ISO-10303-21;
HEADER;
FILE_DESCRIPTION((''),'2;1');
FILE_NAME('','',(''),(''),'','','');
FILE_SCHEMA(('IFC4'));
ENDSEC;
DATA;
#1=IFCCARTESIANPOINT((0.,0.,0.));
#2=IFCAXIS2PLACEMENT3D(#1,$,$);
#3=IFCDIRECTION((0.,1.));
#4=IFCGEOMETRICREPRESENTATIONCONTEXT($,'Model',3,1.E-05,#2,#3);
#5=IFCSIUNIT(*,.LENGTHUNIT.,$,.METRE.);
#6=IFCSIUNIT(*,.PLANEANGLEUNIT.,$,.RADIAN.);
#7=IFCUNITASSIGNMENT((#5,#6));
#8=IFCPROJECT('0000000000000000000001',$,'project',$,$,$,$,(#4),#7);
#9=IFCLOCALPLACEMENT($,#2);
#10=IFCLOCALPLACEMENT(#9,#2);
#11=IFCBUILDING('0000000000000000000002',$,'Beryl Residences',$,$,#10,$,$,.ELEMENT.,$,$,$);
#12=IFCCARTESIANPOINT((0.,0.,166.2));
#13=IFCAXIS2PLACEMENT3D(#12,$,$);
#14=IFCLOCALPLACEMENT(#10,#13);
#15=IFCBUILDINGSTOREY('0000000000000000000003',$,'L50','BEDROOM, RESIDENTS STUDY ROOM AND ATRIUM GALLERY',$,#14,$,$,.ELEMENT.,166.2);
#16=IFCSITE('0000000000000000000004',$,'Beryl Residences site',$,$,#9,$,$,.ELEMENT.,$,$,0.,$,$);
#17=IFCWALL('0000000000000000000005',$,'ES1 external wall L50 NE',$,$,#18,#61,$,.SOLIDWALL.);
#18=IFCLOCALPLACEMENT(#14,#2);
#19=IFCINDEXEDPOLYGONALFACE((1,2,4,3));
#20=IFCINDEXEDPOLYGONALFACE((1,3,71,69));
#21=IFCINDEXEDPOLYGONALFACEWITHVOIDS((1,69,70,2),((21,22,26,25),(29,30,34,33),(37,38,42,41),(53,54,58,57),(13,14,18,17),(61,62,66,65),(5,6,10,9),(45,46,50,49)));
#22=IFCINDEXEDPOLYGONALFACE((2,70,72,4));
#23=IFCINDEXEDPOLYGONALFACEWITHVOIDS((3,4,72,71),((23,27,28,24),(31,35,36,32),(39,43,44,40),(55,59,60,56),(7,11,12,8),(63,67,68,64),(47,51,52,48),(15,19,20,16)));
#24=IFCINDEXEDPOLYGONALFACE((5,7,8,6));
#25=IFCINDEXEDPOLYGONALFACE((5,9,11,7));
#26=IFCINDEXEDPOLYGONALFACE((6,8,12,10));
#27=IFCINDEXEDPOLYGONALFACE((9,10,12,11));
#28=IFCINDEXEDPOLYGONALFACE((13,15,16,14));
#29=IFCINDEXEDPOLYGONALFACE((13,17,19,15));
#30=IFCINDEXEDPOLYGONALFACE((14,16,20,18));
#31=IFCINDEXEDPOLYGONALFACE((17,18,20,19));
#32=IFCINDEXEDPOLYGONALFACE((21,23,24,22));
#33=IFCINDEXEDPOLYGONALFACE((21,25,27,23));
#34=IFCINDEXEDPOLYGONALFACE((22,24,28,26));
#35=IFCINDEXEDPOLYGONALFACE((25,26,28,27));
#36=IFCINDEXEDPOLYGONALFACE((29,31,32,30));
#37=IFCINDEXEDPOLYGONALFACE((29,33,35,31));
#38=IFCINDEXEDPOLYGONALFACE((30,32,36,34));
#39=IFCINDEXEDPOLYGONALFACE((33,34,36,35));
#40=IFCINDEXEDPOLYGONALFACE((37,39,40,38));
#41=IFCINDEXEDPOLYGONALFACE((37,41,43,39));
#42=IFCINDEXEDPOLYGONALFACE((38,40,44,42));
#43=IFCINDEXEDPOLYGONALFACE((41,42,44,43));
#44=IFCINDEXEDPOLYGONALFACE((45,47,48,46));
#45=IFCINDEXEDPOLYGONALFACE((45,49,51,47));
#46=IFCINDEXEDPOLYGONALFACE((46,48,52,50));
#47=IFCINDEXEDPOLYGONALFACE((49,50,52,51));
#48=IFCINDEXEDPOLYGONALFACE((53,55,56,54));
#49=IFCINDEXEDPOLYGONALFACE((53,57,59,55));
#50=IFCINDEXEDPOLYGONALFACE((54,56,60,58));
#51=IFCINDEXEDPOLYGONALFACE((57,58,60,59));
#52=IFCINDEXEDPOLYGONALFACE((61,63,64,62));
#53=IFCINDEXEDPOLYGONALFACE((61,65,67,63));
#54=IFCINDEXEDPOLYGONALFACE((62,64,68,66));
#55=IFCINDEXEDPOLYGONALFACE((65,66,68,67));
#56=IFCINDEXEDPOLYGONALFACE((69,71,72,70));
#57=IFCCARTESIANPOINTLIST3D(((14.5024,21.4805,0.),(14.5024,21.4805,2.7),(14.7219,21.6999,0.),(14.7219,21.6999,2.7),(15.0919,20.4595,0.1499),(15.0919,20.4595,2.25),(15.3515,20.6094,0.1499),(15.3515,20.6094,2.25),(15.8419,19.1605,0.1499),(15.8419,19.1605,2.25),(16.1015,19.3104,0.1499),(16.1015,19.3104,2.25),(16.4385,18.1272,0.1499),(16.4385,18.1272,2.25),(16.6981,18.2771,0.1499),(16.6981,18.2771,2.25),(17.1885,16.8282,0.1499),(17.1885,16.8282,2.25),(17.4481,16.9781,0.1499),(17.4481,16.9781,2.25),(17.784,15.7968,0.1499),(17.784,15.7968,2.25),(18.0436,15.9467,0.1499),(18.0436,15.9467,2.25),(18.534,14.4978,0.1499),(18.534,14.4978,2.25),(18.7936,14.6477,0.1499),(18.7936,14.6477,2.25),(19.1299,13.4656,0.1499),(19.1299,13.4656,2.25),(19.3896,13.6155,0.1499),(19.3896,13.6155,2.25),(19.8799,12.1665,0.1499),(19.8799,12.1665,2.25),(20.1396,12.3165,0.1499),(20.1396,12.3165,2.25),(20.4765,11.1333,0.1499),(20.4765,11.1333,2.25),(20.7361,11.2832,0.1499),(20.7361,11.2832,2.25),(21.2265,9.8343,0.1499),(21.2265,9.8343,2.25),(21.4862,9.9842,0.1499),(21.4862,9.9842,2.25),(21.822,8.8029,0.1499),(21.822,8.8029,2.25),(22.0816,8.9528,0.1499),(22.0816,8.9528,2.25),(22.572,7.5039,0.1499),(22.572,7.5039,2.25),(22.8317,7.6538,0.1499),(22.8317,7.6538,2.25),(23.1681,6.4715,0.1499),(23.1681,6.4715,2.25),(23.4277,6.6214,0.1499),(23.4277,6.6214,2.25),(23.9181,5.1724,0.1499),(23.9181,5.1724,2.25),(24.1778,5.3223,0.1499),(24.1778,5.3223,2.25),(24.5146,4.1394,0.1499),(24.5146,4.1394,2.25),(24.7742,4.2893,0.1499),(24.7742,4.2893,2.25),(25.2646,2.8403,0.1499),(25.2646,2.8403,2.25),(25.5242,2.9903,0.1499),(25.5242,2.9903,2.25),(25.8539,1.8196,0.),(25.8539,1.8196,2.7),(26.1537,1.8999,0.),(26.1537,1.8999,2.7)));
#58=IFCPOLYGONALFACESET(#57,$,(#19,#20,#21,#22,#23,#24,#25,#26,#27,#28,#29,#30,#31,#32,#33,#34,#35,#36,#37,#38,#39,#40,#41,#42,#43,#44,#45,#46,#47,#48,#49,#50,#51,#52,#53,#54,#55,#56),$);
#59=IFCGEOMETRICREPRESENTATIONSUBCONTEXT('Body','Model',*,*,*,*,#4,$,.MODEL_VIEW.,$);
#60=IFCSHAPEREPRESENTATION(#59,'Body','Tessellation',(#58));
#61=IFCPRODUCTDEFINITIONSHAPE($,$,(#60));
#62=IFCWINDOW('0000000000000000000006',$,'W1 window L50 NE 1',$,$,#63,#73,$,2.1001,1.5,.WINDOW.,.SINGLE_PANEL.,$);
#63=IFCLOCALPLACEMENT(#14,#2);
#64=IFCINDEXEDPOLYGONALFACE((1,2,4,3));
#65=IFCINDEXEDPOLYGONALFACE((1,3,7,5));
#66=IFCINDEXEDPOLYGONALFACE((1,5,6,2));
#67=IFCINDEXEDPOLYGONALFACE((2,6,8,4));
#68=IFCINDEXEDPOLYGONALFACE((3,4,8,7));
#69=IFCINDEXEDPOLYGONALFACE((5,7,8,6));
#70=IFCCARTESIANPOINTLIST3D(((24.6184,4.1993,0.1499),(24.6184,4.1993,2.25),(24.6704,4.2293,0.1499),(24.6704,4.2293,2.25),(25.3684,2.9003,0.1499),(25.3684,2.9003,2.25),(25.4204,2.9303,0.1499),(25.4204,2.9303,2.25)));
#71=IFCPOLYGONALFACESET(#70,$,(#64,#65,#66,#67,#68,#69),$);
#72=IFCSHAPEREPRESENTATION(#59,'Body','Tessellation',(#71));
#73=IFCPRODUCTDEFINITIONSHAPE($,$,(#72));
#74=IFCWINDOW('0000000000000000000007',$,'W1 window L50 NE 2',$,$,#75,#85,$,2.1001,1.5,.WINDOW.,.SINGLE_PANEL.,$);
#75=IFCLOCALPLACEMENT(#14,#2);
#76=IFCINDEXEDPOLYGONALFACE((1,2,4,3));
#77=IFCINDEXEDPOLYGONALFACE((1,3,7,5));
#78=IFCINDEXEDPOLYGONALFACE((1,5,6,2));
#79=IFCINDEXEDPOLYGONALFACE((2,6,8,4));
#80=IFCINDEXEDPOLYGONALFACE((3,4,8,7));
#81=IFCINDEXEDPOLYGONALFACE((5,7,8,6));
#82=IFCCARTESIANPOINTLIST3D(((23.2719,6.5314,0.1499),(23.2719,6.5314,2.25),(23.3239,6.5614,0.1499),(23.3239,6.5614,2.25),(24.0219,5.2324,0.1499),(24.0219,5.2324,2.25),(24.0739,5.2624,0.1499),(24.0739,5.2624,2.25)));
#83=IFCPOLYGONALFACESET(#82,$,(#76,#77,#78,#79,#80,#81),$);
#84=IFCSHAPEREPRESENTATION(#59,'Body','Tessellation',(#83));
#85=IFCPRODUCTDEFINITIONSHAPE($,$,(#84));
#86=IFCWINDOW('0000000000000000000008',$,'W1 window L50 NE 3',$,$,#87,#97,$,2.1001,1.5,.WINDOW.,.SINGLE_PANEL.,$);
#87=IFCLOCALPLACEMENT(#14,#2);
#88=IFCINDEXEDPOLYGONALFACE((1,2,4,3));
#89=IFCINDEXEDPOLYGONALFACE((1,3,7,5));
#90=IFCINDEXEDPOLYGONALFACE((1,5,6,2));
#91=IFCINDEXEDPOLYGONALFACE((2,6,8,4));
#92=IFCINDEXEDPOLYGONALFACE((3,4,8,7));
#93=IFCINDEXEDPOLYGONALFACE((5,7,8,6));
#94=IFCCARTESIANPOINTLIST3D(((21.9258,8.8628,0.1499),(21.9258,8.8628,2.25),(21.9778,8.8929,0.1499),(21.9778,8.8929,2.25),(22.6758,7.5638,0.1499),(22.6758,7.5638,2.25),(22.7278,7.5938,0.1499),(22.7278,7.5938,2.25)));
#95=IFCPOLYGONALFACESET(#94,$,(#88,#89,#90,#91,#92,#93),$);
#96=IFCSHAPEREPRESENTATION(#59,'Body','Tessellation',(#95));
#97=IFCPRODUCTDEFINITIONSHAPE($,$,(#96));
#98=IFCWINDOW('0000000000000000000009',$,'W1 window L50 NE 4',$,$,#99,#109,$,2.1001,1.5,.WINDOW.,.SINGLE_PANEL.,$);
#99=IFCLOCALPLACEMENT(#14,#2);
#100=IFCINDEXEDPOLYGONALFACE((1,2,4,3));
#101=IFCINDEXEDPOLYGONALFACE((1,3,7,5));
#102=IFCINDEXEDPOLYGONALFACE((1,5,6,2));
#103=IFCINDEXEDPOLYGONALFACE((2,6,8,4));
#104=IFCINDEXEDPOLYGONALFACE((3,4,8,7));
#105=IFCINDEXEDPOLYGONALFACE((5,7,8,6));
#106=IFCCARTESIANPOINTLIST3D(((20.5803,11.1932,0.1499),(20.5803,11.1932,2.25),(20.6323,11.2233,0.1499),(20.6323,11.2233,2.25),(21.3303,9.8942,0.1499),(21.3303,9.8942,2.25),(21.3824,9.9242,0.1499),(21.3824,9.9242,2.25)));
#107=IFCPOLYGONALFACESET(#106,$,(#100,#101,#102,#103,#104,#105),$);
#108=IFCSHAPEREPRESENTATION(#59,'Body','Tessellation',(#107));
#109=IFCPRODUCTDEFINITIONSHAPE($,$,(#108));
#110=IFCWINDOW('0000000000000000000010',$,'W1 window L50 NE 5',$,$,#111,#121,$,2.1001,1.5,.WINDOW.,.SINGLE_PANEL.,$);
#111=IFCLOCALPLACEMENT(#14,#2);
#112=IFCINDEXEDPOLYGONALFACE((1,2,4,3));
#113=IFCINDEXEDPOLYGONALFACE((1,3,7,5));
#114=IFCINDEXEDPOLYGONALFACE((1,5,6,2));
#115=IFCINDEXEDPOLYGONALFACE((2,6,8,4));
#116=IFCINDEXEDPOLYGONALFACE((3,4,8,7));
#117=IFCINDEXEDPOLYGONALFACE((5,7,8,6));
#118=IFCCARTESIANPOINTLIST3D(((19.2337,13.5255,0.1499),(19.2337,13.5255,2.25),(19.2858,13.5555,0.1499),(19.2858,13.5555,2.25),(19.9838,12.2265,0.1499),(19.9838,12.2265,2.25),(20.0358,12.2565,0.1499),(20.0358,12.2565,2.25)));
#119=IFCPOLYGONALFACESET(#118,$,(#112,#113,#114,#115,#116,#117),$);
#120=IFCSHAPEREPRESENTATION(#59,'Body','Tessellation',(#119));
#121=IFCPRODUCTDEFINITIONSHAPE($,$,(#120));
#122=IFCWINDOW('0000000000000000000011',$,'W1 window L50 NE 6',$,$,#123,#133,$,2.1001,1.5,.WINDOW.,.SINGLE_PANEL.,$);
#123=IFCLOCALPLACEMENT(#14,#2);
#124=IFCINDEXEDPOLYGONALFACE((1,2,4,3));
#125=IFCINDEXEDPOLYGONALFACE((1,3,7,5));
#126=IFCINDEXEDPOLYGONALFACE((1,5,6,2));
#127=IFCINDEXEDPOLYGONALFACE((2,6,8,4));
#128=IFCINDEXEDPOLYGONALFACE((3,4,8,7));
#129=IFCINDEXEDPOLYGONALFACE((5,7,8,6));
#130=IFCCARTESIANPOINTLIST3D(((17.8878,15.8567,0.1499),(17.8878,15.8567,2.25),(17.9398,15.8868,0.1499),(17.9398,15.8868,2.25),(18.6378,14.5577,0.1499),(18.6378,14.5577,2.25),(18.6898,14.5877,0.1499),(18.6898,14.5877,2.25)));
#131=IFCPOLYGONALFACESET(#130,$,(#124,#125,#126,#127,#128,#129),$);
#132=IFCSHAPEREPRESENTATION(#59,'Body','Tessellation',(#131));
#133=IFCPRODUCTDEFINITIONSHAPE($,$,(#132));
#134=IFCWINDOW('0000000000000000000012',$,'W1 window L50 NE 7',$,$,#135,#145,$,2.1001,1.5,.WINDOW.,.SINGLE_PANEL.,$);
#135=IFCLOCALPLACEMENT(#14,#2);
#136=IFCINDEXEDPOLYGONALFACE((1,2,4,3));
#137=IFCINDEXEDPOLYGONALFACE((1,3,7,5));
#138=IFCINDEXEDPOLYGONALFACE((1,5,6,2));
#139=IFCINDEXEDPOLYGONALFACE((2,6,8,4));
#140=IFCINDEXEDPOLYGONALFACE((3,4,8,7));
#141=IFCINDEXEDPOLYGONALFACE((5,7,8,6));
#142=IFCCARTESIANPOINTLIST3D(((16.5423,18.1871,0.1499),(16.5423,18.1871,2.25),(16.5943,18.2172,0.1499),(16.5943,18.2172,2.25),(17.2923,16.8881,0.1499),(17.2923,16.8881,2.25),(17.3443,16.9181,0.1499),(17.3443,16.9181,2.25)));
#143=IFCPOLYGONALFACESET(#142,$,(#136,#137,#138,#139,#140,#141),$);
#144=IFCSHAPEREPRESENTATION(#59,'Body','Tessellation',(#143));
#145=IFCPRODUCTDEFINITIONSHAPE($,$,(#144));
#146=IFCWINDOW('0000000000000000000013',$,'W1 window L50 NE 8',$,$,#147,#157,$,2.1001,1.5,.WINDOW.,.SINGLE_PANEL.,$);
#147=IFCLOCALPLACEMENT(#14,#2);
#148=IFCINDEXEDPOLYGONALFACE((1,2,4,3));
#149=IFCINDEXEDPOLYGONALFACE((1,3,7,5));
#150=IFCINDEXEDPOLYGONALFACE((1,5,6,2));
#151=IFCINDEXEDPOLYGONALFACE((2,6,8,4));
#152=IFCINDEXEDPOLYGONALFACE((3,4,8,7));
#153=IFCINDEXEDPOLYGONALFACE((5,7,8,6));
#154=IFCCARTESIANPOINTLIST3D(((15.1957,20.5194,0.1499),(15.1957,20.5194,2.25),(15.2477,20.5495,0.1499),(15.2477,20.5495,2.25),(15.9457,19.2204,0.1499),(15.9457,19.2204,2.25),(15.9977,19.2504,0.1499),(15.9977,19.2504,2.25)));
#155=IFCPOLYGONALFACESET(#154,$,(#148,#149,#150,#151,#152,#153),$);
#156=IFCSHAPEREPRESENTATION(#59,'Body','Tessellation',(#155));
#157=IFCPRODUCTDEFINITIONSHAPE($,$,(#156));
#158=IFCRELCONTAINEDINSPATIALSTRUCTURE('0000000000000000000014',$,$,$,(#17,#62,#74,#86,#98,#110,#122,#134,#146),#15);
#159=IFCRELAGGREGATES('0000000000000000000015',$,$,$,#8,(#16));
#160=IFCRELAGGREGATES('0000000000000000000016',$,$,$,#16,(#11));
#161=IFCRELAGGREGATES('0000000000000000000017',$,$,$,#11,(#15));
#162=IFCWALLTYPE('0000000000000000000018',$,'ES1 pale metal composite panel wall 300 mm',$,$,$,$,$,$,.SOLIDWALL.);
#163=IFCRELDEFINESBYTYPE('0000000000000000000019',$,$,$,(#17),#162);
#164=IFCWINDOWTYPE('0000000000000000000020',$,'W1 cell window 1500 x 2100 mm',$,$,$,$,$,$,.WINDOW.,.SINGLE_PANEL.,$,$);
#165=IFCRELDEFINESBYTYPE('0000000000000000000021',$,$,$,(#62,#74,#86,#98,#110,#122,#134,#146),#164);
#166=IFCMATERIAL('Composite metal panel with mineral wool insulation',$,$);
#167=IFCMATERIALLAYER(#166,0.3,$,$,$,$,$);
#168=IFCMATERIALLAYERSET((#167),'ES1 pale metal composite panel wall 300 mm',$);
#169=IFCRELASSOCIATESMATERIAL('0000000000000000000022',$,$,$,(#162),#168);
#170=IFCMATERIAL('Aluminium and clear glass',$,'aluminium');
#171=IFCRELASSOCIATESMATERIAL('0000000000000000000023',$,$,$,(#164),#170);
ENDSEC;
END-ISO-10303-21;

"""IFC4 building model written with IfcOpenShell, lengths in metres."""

from ifc_helpers import new_model, si_unit, direction, frame, frame_2d, origin, place, context, subcontext, project, spatial, polyline, rectangle, outline, extrude, material, layer, layer_set, type_object, element, fill, save


model = new_model("IFC4")

# Units and contexts
model_context = context("Model", 3, precision=1e-05, world=origin(), true_north=direction((0.0, 1.0)))
body_context = subcontext(model_context, "Body", "Model", "MODEL_VIEW")
ifc_project = project(units=[si_unit("LENGTHUNIT", "METRE"), si_unit("PLANEANGLEUNIT", "RADIAN")], contexts=[model_context])

# Site, building, storey
site_placement = place(None, origin())
site = spatial("IfcSite", under=ifc_project, at=site_placement, Name="Beryl Residences site", CompositionType="ELEMENT", RefElevation=0.0)
building_placement = place(site_placement, origin())
building = spatial("IfcBuilding", under=site, at=building_placement, Name="Beryl Residences", CompositionType="ELEMENT")
storey_placement = place(building_placement, frame((0.0, 0.0, 166.2)))
storey = spatial("IfcBuildingStorey", under=building, at=storey_placement, Name="L50", Description="BEDROOM, RESIDENTS STUDY ROOM AND ATRIUM GALLERY", CompositionType="ELEMENT", Elevation=166.2)

# Wall, openings, windows
ifc_material_1 = material(Name="Composite metal panel with mineral wool insulation")
ifc_layer = layer(ifc_material_1, 0.3)
ifc_layer_set = layer_set([ifc_layer], Name="ES1 pale metal composite panel wall 300 mm")
wall_type = type_object("IfcWallType", Name="ES1 pale metal composite panel wall 300 mm", PredefinedType="SOLIDWALL", material=ifc_layer_set)
wall_placement = place(storey_placement, frame((26.0239, 1.825, 0.0), z_axis=(0.0, 0.0, 1.0), x_axis=(-0.500011, 0.866019, 0.0)))
wall = element("IfcWall", 1, at=wall_placement, inside=storey, type_object=wall_type, Name="ES1 external wall L50 NE", PredefinedType="SOLIDWALL", context=body_context, shape_type="SweptSolid", body=[
    extrude(outline(polyline([(0.0, -0.1499), (22.8633, -0.1499), (22.783, 0.1499), (0.0803, 0.1499), (0.0, -0.1499)])), origin(), (0.0, 0.0, 1.0), 2.7),
])
opening_1_placement = place(wall_placement, frame((1.259, 0.0, 0.1499)))
opening_1 = element("IfcOpeningElement", 2, at=opening_1_placement, cuts=wall, PredefinedType="OPENING", context=body_context, shape_type="SweptSolid", body=[
    extrude(rectangle(XDim=1.5, YDim=2.1001, at=frame_2d((0.75, 1.05))), frame((0.0, 0.1599, 0.0), z_axis=(0.0, -1.0, 0.0), x_axis=(1.0, 0.0, 0.0)), (0.0, 0.0, 1.0), 0.3201),
])
opening_2_placement = place(wall_placement, frame((3.9519, 0.0, 0.1499)))
opening_2 = element("IfcOpeningElement", 3, at=opening_2_placement, cuts=wall, PredefinedType="OPENING", context=body_context, shape_type="SweptSolid", body=[
    extrude(rectangle(XDim=1.5, YDim=2.1001, at=frame_2d((0.75, 1.05))), frame((0.0, 0.1599, 0.0), z_axis=(0.0, -1.0, 0.0), x_axis=(1.0, 0.0, 0.0)), (0.0, 0.0, 1.0), 0.3201),
])
opening_3_placement = place(wall_placement, frame((6.644, 0.0, 0.1499)))
opening_3 = element("IfcOpeningElement", 4, at=opening_3_placement, cuts=wall, PredefinedType="OPENING", context=body_context, shape_type="SweptSolid", body=[
    extrude(rectangle(XDim=1.5, YDim=2.1001, at=frame_2d((0.75, 1.05))), frame((0.0, 0.1599, 0.0), z_axis=(0.0, -1.0, 0.0), x_axis=(1.0, 0.0, 0.0)), (0.0, 0.0, 1.0), 0.3201),
])
opening_4_placement = place(wall_placement, frame((9.335, 0.0, 0.1499)))
opening_4 = element("IfcOpeningElement", 5, at=opening_4_placement, cuts=wall, PredefinedType="OPENING", context=body_context, shape_type="SweptSolid", body=[
    extrude(rectangle(XDim=1.5, YDim=2.1001, at=frame_2d((0.75, 1.05))), frame((0.0, 0.1599, 0.0), z_axis=(0.0, -1.0, 0.0), x_axis=(1.0, 0.0, 0.0)), (0.0, 0.0, 1.0), 0.3201),
])
opening_5_placement = place(wall_placement, frame((12.0281, 0.0, 0.1499)))
opening_5 = element("IfcOpeningElement", 6, at=opening_5_placement, cuts=wall, PredefinedType="OPENING", context=body_context, shape_type="SweptSolid", body=[
    extrude(rectangle(XDim=1.5, YDim=2.1001, at=frame_2d((0.75, 1.05))), frame((0.0, 0.1599, 0.0), z_axis=(0.0, -1.0, 0.0), x_axis=(1.0, 0.0, 0.0)), (0.0, 0.0, 1.0), 0.3201),
])
opening_6_placement = place(wall_placement, frame((14.72, 0.0, 0.1499)))
opening_6 = element("IfcOpeningElement", 7, at=opening_6_placement, cuts=wall, PredefinedType="OPENING", context=body_context, shape_type="SweptSolid", body=[
    extrude(rectangle(XDim=1.5, YDim=2.1001, at=frame_2d((0.75, 1.05))), frame((0.0, 0.1599, 0.0), z_axis=(0.0, -1.0, 0.0), x_axis=(1.0, 0.0, 0.0)), (0.0, 0.0, 1.0), 0.3201),
])
opening_7_placement = place(wall_placement, frame((17.4109, 0.0, 0.1499)))
opening_7 = element("IfcOpeningElement", 8, at=opening_7_placement, cuts=wall, PredefinedType="OPENING", context=body_context, shape_type="SweptSolid", body=[
    extrude(rectangle(XDim=1.5, YDim=2.1001, at=frame_2d((0.75, 1.05))), frame((0.0, 0.1599, 0.0), z_axis=(0.0, -1.0, 0.0), x_axis=(1.0, 0.0, 0.0)), (0.0, 0.0, 1.0), 0.3201),
])
opening_8_placement = place(wall_placement, frame((20.104, 0.0, 0.1499)))
opening_8 = element("IfcOpeningElement", 9, at=opening_8_placement, cuts=wall, PredefinedType="OPENING", context=body_context, shape_type="SweptSolid", body=[
    extrude(rectangle(XDim=1.5, YDim=2.1001, at=frame_2d((0.75, 1.05))), frame((0.0, 0.1599, 0.0), z_axis=(0.0, -1.0, 0.0), x_axis=(1.0, 0.0, 0.0)), (0.0, 0.0, 1.0), 0.3201),
])
ifc_material_2 = material(Name="Aluminium and clear glass", Category="aluminium")
window_type = type_object("IfcWindowType", Name="W1 cell window 1500 x 2100 mm", PartitioningType="SINGLE_PANEL", PredefinedType="WINDOW", material=ifc_material_2)
window_1_placement = place(opening_1_placement, origin())
window_1 = element("IfcWindow", 10, at=window_1_placement, inside=storey, type_object=window_type, Name="W1 window L50 NE 1", OverallHeight=2.1001, OverallWidth=1.5, PartitioningType="SINGLE_PANEL", PredefinedType="WINDOW", context=body_context, shape_type="SweptSolid", body=[
    extrude(rectangle(XDim=1.5, YDim=2.1001, at=frame_2d((0.75, 1.05))), frame((0.0, 0.03, 0.0), z_axis=(0.0, -1.0, 0.0), x_axis=(1.0, 0.0, 0.0)), (0.0, 0.0, 1.0), 0.0601),
])
fill(opening_1, window_1)
window_2_placement = place(opening_2_placement, origin())
window_2 = element("IfcWindow", 11, at=window_2_placement, inside=storey, type_object=window_type, Name="W1 window L50 NE 2", OverallHeight=2.1001, OverallWidth=1.5, PartitioningType="SINGLE_PANEL", PredefinedType="WINDOW", context=body_context, shape_type="SweptSolid", body=[
    extrude(rectangle(XDim=1.5, YDim=2.1001, at=frame_2d((0.75, 1.05))), frame((0.0, 0.03, 0.0), z_axis=(0.0, -1.0, 0.0), x_axis=(1.0, 0.0, 0.0)), (0.0, 0.0, 1.0), 0.0601),
])
fill(opening_2, window_2)
window_3_placement = place(opening_3_placement, origin())
window_3 = element("IfcWindow", 12, at=window_3_placement, inside=storey, type_object=window_type, Name="W1 window L50 NE 3", OverallHeight=2.1001, OverallWidth=1.5, PartitioningType="SINGLE_PANEL", PredefinedType="WINDOW", context=body_context, shape_type="SweptSolid", body=[
    extrude(rectangle(XDim=1.5, YDim=2.1001, at=frame_2d((0.75, 1.05))), frame((0.0, 0.03, 0.0), z_axis=(0.0, -1.0, 0.0), x_axis=(1.0, 0.0, 0.0)), (0.0, 0.0, 1.0), 0.0601),
])
fill(opening_3, window_3)
window_4_placement = place(opening_4_placement, origin())
window_4 = element("IfcWindow", 13, at=window_4_placement, inside=storey, type_object=window_type, Name="W1 window L50 NE 4", OverallHeight=2.1001, OverallWidth=1.5, PartitioningType="SINGLE_PANEL", PredefinedType="WINDOW", context=body_context, shape_type="SweptSolid", body=[
    extrude(rectangle(XDim=1.5, YDim=2.1001, at=frame_2d((0.75, 1.05))), frame((0.0, 0.03, 0.0), z_axis=(0.0, -1.0, 0.0), x_axis=(1.0, 0.0, 0.0)), (0.0, 0.0, 1.0), 0.0601),
])
fill(opening_4, window_4)
window_5_placement = place(opening_5_placement, origin())
window_5 = element("IfcWindow", 14, at=window_5_placement, inside=storey, type_object=window_type, Name="W1 window L50 NE 5", OverallHeight=2.1001, OverallWidth=1.5, PartitioningType="SINGLE_PANEL", PredefinedType="WINDOW", context=body_context, shape_type="SweptSolid", body=[
    extrude(rectangle(XDim=1.5, YDim=2.1001, at=frame_2d((0.75, 1.05))), frame((0.0, 0.03, 0.0), z_axis=(0.0, -1.0, 0.0), x_axis=(1.0, 0.0, 0.0)), (0.0, 0.0, 1.0), 0.0601),
])
fill(opening_5, window_5)
window_6_placement = place(opening_6_placement, origin())
window_6 = element("IfcWindow", 15, at=window_6_placement, inside=storey, type_object=window_type, Name="W1 window L50 NE 6", OverallHeight=2.1001, OverallWidth=1.5, PartitioningType="SINGLE_PANEL", PredefinedType="WINDOW", context=body_context, shape_type="SweptSolid", body=[
    extrude(rectangle(XDim=1.5, YDim=2.1001, at=frame_2d((0.75, 1.05))), frame((0.0, 0.03, 0.0), z_axis=(0.0, -1.0, 0.0), x_axis=(1.0, 0.0, 0.0)), (0.0, 0.0, 1.0), 0.0601),
])
fill(opening_6, window_6)
window_7_placement = place(opening_7_placement, origin())
window_7 = element("IfcWindow", 16, at=window_7_placement, inside=storey, type_object=window_type, Name="W1 window L50 NE 7", OverallHeight=2.1001, OverallWidth=1.5, PartitioningType="SINGLE_PANEL", PredefinedType="WINDOW", context=body_context, shape_type="SweptSolid", body=[
    extrude(rectangle(XDim=1.5, YDim=2.1001, at=frame_2d((0.75, 1.05))), frame((0.0, 0.03, 0.0), z_axis=(0.0, -1.0, 0.0), x_axis=(1.0, 0.0, 0.0)), (0.0, 0.0, 1.0), 0.0601),
])
fill(opening_7, window_7)
window_8_placement = place(opening_8_placement, origin())
window_8 = element("IfcWindow", 17, at=window_8_placement, inside=storey, type_object=window_type, Name="W1 window L50 NE 8", OverallHeight=2.1001, OverallWidth=1.5, PartitioningType="SINGLE_PANEL", PredefinedType="WINDOW", context=body_context, shape_type="SweptSolid", body=[
    extrude(rectangle(XDim=1.5, YDim=2.1001, at=frame_2d((0.75, 1.05))), frame((0.0, 0.03, 0.0), z_axis=(0.0, -1.0, 0.0), x_axis=(1.0, 0.0, 0.0)), (0.0, 0.0, 1.0), 0.0601),
])
fill(opening_8, window_8)

save(model, "model.ifc")
